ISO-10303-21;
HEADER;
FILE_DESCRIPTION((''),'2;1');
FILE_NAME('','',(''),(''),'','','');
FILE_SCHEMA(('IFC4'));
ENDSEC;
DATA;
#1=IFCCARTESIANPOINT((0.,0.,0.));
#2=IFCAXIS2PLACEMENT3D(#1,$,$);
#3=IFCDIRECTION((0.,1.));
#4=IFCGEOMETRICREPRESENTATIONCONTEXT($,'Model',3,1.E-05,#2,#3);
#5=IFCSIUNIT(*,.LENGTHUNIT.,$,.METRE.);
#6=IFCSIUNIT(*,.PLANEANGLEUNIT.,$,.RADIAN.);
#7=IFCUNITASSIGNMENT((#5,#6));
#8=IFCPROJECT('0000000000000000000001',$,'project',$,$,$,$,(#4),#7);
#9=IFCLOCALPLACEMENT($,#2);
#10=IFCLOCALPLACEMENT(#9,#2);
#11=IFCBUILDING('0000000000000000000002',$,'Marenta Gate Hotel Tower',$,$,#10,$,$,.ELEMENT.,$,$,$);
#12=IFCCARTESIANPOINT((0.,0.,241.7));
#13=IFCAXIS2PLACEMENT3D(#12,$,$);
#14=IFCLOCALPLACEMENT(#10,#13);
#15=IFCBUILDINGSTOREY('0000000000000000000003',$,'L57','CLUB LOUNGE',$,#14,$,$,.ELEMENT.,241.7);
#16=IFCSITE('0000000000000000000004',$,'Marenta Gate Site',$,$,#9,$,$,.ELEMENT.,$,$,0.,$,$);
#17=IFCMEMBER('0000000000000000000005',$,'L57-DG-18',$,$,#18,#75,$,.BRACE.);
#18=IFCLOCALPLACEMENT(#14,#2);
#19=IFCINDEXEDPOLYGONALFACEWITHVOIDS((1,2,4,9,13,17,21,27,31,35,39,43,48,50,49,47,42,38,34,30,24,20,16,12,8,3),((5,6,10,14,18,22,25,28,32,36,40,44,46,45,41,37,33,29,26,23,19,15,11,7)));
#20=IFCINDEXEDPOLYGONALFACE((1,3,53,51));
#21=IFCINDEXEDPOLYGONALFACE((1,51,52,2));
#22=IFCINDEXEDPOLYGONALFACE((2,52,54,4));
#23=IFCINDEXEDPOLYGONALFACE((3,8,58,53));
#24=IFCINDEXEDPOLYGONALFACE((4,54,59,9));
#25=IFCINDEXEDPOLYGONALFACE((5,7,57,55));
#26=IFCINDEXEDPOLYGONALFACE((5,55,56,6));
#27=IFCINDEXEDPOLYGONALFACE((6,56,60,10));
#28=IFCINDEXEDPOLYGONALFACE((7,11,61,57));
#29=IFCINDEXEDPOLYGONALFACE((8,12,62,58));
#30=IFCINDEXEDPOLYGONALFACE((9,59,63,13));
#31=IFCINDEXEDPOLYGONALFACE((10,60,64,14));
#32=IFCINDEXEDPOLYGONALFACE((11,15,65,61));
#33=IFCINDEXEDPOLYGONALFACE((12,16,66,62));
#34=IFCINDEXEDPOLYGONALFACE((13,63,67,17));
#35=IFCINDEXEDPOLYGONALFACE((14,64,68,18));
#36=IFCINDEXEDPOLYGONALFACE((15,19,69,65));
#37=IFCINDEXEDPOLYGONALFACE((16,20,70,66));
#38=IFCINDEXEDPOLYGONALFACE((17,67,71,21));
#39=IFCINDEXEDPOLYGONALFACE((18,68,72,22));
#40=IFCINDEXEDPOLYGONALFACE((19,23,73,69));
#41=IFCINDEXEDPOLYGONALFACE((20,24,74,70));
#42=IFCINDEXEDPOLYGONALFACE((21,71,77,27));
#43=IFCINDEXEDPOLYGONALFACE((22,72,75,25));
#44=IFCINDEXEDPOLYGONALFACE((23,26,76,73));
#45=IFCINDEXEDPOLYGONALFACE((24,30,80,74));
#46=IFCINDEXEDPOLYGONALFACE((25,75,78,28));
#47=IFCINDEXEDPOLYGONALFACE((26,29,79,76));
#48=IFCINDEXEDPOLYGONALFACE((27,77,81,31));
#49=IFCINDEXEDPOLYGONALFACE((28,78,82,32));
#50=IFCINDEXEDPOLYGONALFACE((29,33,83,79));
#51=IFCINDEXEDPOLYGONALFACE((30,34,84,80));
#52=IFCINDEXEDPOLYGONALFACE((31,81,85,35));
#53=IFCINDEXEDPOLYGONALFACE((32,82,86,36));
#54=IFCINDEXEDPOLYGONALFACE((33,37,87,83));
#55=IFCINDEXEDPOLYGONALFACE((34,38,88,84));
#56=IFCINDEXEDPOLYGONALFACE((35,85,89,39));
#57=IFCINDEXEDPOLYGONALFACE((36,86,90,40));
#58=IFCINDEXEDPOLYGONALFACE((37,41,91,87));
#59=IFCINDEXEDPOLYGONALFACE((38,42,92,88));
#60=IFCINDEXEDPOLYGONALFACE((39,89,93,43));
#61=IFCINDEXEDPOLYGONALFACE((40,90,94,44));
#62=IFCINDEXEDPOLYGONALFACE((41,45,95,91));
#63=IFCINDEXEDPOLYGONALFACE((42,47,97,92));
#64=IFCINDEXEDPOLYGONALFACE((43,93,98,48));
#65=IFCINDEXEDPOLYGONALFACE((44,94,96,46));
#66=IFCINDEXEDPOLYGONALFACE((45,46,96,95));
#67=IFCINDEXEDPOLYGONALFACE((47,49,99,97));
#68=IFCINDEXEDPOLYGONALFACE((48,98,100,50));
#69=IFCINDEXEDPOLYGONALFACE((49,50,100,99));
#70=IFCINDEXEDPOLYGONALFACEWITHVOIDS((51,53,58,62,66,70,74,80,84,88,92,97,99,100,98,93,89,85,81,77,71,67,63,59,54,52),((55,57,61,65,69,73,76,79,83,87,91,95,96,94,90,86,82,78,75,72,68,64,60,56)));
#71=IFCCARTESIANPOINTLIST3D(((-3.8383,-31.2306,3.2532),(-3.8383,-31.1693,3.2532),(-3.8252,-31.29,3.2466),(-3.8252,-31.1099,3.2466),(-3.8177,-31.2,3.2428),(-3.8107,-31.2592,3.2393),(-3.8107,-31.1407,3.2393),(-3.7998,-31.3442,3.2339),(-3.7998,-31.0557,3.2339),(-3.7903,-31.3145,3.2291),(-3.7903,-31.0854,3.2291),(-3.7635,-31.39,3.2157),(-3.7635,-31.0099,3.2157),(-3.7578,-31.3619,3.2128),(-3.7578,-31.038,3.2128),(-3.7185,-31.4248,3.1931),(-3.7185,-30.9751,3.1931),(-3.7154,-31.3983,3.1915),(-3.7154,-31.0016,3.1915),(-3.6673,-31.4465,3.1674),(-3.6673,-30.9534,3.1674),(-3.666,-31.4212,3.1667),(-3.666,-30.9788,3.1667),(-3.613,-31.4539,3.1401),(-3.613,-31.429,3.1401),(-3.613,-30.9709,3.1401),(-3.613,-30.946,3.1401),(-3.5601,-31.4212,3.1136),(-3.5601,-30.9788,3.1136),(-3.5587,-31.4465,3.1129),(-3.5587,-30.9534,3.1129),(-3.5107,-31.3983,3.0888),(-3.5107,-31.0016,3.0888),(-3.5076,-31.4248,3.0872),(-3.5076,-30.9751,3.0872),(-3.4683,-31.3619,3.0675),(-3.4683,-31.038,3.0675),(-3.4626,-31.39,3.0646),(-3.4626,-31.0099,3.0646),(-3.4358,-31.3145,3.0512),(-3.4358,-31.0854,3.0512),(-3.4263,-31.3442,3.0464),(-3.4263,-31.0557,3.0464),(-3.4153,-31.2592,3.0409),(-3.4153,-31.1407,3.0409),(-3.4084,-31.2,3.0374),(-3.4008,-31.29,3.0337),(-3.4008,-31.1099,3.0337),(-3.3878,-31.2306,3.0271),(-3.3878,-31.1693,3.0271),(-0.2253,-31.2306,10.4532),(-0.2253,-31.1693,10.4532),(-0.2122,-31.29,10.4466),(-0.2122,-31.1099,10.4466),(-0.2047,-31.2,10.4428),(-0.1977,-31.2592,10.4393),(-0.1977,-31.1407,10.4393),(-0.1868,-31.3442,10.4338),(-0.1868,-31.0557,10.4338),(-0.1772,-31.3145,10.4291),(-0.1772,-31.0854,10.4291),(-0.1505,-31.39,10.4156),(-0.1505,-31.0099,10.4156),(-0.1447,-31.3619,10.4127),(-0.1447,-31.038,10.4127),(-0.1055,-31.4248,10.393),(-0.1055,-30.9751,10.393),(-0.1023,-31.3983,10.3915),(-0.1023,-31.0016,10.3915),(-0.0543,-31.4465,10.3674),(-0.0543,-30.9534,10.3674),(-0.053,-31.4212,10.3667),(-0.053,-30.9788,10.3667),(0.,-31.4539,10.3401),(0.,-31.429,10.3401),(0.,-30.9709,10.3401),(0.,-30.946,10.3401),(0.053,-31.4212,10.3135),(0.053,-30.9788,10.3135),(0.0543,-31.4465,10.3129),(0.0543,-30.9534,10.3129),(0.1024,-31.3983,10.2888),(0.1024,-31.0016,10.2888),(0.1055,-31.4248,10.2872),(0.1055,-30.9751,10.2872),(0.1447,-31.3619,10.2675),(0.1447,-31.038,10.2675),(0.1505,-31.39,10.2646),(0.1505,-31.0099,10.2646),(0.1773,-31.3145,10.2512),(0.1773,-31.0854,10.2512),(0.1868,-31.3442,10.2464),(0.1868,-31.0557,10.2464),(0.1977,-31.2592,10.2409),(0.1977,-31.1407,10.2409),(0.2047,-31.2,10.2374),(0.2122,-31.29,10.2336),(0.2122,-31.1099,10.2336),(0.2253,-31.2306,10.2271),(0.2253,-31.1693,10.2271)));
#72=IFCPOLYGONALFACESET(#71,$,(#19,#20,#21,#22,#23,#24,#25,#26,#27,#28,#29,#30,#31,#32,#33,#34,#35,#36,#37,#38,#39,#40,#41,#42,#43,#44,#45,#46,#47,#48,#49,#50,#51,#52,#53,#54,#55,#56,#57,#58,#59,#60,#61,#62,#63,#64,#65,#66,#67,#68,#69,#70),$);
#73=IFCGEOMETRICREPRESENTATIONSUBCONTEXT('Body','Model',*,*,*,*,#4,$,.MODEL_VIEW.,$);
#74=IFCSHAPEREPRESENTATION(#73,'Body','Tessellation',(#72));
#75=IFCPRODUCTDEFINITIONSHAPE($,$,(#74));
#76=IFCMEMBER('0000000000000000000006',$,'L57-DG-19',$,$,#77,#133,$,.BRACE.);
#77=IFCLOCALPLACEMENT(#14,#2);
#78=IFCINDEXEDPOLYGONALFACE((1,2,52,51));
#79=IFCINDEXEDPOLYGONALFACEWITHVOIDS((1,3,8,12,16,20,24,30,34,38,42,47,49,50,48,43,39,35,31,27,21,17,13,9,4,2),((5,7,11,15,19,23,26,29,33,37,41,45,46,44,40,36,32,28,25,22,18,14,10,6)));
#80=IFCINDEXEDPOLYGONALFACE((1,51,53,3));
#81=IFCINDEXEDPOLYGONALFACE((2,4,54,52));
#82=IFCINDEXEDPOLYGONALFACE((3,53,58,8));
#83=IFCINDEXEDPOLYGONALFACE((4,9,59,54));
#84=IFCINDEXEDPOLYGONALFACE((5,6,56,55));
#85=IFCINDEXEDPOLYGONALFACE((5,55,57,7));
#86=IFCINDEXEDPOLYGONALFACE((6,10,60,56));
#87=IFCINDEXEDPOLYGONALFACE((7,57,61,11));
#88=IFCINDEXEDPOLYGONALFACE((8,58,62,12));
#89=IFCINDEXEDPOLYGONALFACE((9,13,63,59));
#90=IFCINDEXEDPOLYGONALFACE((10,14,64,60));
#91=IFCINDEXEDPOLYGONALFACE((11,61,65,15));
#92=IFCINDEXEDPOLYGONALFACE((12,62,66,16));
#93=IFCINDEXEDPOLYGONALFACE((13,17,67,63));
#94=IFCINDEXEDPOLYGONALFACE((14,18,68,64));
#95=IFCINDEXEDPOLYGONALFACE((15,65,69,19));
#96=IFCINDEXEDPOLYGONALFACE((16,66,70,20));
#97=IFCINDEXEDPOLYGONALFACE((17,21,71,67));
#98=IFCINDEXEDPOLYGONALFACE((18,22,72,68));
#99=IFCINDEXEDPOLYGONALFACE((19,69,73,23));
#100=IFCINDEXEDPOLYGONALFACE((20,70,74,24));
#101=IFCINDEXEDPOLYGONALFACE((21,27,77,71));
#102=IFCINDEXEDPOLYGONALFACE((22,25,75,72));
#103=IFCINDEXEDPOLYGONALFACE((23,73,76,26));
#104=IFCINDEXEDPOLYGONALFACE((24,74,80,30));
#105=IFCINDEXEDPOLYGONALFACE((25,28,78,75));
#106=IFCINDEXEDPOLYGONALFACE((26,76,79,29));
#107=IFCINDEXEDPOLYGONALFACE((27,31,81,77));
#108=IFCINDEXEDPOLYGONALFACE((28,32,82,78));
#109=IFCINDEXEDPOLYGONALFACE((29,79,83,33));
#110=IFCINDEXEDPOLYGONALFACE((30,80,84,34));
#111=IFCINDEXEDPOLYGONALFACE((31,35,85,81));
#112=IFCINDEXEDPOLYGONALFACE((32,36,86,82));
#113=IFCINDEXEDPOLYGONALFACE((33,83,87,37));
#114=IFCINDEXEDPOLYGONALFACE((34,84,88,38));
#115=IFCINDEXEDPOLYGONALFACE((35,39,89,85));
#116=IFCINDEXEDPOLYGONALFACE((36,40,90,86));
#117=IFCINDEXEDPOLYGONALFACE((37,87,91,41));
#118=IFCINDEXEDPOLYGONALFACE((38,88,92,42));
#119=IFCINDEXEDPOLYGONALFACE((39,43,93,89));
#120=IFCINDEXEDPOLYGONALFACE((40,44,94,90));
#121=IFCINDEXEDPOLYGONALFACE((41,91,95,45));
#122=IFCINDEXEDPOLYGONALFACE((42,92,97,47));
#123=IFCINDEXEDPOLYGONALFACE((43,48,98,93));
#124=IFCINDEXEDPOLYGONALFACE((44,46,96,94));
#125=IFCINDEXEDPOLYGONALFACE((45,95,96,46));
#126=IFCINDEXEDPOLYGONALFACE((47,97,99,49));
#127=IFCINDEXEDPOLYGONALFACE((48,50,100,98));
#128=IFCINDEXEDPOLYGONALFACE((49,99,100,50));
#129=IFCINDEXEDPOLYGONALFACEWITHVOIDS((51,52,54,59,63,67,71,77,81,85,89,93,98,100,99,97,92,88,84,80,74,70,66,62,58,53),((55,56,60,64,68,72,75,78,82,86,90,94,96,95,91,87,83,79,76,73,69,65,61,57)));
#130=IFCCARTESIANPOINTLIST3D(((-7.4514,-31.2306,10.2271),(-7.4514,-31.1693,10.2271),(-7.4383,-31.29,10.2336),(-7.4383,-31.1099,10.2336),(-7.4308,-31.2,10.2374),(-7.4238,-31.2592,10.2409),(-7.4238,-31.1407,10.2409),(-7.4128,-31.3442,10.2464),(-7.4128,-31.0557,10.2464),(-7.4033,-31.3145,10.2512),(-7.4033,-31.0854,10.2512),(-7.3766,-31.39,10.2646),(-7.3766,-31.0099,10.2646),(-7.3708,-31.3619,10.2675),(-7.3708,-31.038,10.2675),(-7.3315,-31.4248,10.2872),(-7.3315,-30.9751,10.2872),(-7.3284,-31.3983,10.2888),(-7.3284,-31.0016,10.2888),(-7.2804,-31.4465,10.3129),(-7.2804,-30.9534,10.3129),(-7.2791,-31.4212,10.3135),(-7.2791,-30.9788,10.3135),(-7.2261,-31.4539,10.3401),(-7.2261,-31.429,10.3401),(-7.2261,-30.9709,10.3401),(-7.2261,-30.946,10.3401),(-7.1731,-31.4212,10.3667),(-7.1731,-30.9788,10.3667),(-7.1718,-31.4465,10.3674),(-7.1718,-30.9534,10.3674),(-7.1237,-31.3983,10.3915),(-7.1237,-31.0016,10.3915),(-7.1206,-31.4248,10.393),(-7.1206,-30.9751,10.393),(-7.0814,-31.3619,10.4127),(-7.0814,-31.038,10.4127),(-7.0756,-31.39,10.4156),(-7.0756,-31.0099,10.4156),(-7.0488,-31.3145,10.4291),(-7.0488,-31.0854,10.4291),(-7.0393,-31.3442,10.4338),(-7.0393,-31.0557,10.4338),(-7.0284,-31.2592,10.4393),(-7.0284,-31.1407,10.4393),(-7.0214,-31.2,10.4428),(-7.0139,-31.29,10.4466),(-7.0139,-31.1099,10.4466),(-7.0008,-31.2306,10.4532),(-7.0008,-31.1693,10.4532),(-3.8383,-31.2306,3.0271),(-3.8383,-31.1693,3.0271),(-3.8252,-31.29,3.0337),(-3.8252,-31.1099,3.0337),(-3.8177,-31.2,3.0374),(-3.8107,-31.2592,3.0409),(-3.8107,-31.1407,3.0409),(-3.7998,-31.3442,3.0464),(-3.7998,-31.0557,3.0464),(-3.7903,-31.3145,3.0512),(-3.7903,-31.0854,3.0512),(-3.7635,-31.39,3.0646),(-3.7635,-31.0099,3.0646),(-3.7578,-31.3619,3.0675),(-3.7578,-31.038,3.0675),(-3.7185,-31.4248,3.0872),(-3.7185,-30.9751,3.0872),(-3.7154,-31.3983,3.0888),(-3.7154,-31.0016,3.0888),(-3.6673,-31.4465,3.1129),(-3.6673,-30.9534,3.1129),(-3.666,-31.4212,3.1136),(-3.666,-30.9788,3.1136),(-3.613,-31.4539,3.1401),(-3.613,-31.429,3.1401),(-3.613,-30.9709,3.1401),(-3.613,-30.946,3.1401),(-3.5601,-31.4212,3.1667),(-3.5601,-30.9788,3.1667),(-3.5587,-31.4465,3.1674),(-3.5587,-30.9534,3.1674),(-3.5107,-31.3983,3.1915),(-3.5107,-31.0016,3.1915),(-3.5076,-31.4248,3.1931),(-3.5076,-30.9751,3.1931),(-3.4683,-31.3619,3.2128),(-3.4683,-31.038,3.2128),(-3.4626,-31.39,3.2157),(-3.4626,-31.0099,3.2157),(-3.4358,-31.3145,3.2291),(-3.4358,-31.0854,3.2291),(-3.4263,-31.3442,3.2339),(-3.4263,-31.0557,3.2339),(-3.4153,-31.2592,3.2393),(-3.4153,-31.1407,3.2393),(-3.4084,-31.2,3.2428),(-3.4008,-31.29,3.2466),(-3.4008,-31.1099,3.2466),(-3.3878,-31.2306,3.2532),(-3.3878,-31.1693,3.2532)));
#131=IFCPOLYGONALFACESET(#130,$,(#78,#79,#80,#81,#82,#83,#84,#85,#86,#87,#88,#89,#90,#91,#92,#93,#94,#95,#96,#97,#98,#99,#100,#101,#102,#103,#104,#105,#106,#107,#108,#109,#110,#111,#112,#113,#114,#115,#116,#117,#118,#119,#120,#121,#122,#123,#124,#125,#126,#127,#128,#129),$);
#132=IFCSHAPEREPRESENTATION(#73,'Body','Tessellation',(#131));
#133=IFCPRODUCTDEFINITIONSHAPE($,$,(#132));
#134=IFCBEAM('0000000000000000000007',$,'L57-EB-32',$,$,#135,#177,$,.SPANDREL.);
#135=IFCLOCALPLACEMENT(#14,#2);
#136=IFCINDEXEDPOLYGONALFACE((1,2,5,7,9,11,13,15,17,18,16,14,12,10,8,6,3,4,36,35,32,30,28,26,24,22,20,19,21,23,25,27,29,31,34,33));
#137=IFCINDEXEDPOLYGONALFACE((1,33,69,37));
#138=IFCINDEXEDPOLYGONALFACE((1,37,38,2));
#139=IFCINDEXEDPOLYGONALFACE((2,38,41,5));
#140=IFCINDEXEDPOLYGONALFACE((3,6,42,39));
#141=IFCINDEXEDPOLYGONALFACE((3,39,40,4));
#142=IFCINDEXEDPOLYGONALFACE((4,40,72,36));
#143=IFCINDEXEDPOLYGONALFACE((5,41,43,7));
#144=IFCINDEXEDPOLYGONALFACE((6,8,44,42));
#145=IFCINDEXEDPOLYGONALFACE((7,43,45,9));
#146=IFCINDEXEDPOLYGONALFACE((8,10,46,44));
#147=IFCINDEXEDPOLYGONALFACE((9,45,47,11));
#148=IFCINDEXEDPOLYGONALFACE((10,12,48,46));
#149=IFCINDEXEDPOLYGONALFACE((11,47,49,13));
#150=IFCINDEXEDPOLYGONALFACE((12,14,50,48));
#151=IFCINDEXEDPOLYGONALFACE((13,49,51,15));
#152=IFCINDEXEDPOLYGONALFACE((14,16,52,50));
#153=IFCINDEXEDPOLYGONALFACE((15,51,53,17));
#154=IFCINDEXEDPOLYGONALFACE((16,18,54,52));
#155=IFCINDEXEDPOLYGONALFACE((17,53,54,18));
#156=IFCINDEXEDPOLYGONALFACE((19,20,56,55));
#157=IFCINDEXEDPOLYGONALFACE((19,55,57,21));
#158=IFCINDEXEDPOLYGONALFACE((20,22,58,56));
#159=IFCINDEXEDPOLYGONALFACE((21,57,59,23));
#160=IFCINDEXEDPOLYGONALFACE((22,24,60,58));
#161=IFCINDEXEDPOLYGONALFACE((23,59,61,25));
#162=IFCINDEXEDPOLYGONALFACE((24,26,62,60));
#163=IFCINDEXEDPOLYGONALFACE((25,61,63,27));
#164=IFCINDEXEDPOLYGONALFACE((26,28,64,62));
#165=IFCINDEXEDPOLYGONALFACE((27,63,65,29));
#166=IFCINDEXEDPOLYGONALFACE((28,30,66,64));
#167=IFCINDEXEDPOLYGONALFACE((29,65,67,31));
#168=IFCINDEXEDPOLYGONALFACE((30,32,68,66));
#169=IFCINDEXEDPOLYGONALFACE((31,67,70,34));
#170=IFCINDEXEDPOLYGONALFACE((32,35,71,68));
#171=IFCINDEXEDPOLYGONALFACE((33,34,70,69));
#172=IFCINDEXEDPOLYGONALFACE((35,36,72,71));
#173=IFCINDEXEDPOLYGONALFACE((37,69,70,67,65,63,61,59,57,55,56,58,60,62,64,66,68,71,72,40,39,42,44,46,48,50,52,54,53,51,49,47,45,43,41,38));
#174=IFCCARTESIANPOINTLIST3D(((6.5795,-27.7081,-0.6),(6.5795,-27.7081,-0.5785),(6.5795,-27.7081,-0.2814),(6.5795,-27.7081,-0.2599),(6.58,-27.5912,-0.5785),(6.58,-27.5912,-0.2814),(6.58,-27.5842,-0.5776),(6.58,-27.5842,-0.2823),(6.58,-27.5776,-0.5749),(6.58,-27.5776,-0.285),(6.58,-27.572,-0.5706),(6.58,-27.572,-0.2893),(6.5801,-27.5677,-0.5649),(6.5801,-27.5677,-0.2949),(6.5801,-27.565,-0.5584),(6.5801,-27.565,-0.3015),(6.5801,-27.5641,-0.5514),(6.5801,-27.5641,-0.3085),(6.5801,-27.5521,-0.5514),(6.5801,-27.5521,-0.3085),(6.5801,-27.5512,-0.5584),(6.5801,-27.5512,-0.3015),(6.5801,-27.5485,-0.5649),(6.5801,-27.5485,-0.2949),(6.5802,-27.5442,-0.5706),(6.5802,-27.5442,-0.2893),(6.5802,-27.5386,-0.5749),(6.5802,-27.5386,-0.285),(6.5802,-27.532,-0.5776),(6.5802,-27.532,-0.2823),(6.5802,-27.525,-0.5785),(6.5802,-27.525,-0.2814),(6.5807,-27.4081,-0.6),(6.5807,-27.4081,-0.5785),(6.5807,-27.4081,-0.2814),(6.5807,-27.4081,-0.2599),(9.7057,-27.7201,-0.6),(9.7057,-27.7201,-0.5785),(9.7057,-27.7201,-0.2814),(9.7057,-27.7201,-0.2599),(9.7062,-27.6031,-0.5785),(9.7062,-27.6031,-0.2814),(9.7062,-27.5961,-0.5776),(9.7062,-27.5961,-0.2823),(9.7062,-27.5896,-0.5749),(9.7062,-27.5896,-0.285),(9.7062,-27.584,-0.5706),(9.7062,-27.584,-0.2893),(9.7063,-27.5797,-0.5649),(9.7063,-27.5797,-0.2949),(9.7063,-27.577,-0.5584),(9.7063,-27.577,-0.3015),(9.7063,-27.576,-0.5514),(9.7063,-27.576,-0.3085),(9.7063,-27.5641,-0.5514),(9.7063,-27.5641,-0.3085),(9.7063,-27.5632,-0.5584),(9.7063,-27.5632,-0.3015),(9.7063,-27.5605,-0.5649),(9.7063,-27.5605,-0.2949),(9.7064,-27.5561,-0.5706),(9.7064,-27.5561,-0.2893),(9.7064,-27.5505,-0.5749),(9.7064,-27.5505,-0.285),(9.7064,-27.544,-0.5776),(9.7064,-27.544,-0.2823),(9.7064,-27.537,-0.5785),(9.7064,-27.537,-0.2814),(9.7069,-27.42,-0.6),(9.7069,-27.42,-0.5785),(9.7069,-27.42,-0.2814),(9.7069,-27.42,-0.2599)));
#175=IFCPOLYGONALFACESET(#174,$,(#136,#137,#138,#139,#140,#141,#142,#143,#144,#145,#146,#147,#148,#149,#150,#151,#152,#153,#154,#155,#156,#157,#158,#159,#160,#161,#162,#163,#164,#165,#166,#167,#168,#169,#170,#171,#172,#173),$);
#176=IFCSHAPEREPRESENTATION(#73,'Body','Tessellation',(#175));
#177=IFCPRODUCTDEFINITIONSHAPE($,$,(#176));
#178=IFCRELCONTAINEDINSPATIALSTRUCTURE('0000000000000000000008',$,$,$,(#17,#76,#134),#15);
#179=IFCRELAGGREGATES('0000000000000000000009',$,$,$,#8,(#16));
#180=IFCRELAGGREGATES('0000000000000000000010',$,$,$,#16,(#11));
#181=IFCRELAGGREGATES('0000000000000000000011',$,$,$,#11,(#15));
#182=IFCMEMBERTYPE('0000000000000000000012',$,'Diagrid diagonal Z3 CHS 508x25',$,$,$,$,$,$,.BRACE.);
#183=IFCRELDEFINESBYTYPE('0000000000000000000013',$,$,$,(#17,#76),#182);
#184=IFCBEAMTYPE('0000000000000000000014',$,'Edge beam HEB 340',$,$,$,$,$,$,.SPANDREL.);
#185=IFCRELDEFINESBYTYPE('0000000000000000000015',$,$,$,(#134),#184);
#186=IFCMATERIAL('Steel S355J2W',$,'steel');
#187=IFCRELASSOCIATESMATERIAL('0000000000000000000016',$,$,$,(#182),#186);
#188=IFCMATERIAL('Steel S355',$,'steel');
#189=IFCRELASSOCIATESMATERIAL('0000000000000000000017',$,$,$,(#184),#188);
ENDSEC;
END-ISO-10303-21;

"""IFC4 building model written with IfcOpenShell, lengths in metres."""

from ifc_helpers import new_model, si_unit, direction, frame, origin, origin_2d, place, context, subcontext, project, spatial, hollow_circle, i_section, extrude, material, material_profile, profile_set, type_object, element, save


model = new_model("IFC4")

# Units and contexts
model_context = context("Model", 3, precision=1e-05, world=origin(), true_north=direction((0.0, 1.0)))
body_context = subcontext(model_context, "Body", "Model", "MODEL_VIEW")
ifc_project = project(units=[si_unit("LENGTHUNIT", "METRE"), si_unit("PLANEANGLEUNIT", "RADIAN")], contexts=[model_context])

# Site, building, storey
site_placement = place(None, origin())
site = spatial("IfcSite", under=ifc_project, at=site_placement, Name="Marenta Gate Site", CompositionType="ELEMENT", RefElevation=0.0)
building_placement = place(site_placement, origin())
building = spatial("IfcBuilding", under=site, at=building_placement, Name="Marenta Gate Hotel Tower", CompositionType="ELEMENT")
storey_placement = place(building_placement, frame((0.0, 0.0, 241.7)))
storey = spatial("IfcBuildingStorey", under=building, at=storey_placement, Name="L57", Description="CLUB LOUNGE", CompositionType="ELEMENT", Elevation=241.7)

# Members
ifc_material_1 = material(Name="Steel S355J2W", Category="steel")
ifc_material_profile_1 = material_profile(ifc_material_1, hollow_circle(Radius=0.2539, WallThickness=0.0249, at=origin_2d()), Name="CHS 508x25")
ifc_profile_set_1 = profile_set([ifc_material_profile_1], Name="Steel S355J2W")
member_type_1 = type_object("IfcMemberType", Name="Diagrid diagonal Z3 CHS 508x25", PredefinedType="BRACE", material=ifc_profile_set_1)
for number, where, z_axis, x_axis, name in (
    (1, (-3.613, -31.2, 3.1401), (0.44851, 0.0, 0.893778), (0.0, 1.0, 0.0), "L57-DG-18"),
    (2, (-3.613, -31.2, 3.1401), (-0.44851, 0.0, 0.893778), (0.0, -1.0, 0.0), "L57-DG-19"),
):
    element("IfcMember", number, at=place(storey_placement, frame(where, z_axis=z_axis, x_axis=x_axis)), inside=storey, type_object=member_type_1, Name=name, PredefinedType="BRACE", context=body_context, shape_type="SweptSolid", body=[
        extrude(hollow_circle(Radius=0.2539, WallThickness=0.0249, at=origin_2d()), origin(), (0.0, 0.0, 1.0), 8.0557),
    ])

# Beam
ifc_material_2 = material(Name="Steel S355", Category="steel")
ifc_material_profile_2 = material_profile(ifc_material_2, i_section(OverallWidth=0.3, OverallDepth=0.3401, WebThickness=0.012, FlangeThickness=0.0215, FilletRadius=0.0271, at=origin_2d()), Name="HEB 340")
ifc_profile_set_2 = profile_set([ifc_material_profile_2], Name="Steel S355")
beam_type = type_object("IfcBeamType", Name="Edge beam HEB 340", PredefinedType="SPANDREL", material=ifc_profile_set_2)
beam_placement = place(storey_placement, frame((9.7063, -27.5701, -0.4299), z_axis=(-0.999993, 0.003827, 0.0), x_axis=(-0.003827, -0.999993, 0.0)))
element("IfcBeam", 3, at=beam_placement, inside=storey, type_object=beam_type, Name="L57-EB-32", PredefinedType="SPANDREL", context=body_context, shape_type="SweptSolid", body=[
    extrude(i_section(OverallWidth=0.3, OverallDepth=0.3401, WebThickness=0.012, FlangeThickness=0.0215, FilletRadius=0.0271, at=origin_2d()), origin(), (0.0, 0.0, 1.0), 3.1262),
])

save(model, "model.ifc")
